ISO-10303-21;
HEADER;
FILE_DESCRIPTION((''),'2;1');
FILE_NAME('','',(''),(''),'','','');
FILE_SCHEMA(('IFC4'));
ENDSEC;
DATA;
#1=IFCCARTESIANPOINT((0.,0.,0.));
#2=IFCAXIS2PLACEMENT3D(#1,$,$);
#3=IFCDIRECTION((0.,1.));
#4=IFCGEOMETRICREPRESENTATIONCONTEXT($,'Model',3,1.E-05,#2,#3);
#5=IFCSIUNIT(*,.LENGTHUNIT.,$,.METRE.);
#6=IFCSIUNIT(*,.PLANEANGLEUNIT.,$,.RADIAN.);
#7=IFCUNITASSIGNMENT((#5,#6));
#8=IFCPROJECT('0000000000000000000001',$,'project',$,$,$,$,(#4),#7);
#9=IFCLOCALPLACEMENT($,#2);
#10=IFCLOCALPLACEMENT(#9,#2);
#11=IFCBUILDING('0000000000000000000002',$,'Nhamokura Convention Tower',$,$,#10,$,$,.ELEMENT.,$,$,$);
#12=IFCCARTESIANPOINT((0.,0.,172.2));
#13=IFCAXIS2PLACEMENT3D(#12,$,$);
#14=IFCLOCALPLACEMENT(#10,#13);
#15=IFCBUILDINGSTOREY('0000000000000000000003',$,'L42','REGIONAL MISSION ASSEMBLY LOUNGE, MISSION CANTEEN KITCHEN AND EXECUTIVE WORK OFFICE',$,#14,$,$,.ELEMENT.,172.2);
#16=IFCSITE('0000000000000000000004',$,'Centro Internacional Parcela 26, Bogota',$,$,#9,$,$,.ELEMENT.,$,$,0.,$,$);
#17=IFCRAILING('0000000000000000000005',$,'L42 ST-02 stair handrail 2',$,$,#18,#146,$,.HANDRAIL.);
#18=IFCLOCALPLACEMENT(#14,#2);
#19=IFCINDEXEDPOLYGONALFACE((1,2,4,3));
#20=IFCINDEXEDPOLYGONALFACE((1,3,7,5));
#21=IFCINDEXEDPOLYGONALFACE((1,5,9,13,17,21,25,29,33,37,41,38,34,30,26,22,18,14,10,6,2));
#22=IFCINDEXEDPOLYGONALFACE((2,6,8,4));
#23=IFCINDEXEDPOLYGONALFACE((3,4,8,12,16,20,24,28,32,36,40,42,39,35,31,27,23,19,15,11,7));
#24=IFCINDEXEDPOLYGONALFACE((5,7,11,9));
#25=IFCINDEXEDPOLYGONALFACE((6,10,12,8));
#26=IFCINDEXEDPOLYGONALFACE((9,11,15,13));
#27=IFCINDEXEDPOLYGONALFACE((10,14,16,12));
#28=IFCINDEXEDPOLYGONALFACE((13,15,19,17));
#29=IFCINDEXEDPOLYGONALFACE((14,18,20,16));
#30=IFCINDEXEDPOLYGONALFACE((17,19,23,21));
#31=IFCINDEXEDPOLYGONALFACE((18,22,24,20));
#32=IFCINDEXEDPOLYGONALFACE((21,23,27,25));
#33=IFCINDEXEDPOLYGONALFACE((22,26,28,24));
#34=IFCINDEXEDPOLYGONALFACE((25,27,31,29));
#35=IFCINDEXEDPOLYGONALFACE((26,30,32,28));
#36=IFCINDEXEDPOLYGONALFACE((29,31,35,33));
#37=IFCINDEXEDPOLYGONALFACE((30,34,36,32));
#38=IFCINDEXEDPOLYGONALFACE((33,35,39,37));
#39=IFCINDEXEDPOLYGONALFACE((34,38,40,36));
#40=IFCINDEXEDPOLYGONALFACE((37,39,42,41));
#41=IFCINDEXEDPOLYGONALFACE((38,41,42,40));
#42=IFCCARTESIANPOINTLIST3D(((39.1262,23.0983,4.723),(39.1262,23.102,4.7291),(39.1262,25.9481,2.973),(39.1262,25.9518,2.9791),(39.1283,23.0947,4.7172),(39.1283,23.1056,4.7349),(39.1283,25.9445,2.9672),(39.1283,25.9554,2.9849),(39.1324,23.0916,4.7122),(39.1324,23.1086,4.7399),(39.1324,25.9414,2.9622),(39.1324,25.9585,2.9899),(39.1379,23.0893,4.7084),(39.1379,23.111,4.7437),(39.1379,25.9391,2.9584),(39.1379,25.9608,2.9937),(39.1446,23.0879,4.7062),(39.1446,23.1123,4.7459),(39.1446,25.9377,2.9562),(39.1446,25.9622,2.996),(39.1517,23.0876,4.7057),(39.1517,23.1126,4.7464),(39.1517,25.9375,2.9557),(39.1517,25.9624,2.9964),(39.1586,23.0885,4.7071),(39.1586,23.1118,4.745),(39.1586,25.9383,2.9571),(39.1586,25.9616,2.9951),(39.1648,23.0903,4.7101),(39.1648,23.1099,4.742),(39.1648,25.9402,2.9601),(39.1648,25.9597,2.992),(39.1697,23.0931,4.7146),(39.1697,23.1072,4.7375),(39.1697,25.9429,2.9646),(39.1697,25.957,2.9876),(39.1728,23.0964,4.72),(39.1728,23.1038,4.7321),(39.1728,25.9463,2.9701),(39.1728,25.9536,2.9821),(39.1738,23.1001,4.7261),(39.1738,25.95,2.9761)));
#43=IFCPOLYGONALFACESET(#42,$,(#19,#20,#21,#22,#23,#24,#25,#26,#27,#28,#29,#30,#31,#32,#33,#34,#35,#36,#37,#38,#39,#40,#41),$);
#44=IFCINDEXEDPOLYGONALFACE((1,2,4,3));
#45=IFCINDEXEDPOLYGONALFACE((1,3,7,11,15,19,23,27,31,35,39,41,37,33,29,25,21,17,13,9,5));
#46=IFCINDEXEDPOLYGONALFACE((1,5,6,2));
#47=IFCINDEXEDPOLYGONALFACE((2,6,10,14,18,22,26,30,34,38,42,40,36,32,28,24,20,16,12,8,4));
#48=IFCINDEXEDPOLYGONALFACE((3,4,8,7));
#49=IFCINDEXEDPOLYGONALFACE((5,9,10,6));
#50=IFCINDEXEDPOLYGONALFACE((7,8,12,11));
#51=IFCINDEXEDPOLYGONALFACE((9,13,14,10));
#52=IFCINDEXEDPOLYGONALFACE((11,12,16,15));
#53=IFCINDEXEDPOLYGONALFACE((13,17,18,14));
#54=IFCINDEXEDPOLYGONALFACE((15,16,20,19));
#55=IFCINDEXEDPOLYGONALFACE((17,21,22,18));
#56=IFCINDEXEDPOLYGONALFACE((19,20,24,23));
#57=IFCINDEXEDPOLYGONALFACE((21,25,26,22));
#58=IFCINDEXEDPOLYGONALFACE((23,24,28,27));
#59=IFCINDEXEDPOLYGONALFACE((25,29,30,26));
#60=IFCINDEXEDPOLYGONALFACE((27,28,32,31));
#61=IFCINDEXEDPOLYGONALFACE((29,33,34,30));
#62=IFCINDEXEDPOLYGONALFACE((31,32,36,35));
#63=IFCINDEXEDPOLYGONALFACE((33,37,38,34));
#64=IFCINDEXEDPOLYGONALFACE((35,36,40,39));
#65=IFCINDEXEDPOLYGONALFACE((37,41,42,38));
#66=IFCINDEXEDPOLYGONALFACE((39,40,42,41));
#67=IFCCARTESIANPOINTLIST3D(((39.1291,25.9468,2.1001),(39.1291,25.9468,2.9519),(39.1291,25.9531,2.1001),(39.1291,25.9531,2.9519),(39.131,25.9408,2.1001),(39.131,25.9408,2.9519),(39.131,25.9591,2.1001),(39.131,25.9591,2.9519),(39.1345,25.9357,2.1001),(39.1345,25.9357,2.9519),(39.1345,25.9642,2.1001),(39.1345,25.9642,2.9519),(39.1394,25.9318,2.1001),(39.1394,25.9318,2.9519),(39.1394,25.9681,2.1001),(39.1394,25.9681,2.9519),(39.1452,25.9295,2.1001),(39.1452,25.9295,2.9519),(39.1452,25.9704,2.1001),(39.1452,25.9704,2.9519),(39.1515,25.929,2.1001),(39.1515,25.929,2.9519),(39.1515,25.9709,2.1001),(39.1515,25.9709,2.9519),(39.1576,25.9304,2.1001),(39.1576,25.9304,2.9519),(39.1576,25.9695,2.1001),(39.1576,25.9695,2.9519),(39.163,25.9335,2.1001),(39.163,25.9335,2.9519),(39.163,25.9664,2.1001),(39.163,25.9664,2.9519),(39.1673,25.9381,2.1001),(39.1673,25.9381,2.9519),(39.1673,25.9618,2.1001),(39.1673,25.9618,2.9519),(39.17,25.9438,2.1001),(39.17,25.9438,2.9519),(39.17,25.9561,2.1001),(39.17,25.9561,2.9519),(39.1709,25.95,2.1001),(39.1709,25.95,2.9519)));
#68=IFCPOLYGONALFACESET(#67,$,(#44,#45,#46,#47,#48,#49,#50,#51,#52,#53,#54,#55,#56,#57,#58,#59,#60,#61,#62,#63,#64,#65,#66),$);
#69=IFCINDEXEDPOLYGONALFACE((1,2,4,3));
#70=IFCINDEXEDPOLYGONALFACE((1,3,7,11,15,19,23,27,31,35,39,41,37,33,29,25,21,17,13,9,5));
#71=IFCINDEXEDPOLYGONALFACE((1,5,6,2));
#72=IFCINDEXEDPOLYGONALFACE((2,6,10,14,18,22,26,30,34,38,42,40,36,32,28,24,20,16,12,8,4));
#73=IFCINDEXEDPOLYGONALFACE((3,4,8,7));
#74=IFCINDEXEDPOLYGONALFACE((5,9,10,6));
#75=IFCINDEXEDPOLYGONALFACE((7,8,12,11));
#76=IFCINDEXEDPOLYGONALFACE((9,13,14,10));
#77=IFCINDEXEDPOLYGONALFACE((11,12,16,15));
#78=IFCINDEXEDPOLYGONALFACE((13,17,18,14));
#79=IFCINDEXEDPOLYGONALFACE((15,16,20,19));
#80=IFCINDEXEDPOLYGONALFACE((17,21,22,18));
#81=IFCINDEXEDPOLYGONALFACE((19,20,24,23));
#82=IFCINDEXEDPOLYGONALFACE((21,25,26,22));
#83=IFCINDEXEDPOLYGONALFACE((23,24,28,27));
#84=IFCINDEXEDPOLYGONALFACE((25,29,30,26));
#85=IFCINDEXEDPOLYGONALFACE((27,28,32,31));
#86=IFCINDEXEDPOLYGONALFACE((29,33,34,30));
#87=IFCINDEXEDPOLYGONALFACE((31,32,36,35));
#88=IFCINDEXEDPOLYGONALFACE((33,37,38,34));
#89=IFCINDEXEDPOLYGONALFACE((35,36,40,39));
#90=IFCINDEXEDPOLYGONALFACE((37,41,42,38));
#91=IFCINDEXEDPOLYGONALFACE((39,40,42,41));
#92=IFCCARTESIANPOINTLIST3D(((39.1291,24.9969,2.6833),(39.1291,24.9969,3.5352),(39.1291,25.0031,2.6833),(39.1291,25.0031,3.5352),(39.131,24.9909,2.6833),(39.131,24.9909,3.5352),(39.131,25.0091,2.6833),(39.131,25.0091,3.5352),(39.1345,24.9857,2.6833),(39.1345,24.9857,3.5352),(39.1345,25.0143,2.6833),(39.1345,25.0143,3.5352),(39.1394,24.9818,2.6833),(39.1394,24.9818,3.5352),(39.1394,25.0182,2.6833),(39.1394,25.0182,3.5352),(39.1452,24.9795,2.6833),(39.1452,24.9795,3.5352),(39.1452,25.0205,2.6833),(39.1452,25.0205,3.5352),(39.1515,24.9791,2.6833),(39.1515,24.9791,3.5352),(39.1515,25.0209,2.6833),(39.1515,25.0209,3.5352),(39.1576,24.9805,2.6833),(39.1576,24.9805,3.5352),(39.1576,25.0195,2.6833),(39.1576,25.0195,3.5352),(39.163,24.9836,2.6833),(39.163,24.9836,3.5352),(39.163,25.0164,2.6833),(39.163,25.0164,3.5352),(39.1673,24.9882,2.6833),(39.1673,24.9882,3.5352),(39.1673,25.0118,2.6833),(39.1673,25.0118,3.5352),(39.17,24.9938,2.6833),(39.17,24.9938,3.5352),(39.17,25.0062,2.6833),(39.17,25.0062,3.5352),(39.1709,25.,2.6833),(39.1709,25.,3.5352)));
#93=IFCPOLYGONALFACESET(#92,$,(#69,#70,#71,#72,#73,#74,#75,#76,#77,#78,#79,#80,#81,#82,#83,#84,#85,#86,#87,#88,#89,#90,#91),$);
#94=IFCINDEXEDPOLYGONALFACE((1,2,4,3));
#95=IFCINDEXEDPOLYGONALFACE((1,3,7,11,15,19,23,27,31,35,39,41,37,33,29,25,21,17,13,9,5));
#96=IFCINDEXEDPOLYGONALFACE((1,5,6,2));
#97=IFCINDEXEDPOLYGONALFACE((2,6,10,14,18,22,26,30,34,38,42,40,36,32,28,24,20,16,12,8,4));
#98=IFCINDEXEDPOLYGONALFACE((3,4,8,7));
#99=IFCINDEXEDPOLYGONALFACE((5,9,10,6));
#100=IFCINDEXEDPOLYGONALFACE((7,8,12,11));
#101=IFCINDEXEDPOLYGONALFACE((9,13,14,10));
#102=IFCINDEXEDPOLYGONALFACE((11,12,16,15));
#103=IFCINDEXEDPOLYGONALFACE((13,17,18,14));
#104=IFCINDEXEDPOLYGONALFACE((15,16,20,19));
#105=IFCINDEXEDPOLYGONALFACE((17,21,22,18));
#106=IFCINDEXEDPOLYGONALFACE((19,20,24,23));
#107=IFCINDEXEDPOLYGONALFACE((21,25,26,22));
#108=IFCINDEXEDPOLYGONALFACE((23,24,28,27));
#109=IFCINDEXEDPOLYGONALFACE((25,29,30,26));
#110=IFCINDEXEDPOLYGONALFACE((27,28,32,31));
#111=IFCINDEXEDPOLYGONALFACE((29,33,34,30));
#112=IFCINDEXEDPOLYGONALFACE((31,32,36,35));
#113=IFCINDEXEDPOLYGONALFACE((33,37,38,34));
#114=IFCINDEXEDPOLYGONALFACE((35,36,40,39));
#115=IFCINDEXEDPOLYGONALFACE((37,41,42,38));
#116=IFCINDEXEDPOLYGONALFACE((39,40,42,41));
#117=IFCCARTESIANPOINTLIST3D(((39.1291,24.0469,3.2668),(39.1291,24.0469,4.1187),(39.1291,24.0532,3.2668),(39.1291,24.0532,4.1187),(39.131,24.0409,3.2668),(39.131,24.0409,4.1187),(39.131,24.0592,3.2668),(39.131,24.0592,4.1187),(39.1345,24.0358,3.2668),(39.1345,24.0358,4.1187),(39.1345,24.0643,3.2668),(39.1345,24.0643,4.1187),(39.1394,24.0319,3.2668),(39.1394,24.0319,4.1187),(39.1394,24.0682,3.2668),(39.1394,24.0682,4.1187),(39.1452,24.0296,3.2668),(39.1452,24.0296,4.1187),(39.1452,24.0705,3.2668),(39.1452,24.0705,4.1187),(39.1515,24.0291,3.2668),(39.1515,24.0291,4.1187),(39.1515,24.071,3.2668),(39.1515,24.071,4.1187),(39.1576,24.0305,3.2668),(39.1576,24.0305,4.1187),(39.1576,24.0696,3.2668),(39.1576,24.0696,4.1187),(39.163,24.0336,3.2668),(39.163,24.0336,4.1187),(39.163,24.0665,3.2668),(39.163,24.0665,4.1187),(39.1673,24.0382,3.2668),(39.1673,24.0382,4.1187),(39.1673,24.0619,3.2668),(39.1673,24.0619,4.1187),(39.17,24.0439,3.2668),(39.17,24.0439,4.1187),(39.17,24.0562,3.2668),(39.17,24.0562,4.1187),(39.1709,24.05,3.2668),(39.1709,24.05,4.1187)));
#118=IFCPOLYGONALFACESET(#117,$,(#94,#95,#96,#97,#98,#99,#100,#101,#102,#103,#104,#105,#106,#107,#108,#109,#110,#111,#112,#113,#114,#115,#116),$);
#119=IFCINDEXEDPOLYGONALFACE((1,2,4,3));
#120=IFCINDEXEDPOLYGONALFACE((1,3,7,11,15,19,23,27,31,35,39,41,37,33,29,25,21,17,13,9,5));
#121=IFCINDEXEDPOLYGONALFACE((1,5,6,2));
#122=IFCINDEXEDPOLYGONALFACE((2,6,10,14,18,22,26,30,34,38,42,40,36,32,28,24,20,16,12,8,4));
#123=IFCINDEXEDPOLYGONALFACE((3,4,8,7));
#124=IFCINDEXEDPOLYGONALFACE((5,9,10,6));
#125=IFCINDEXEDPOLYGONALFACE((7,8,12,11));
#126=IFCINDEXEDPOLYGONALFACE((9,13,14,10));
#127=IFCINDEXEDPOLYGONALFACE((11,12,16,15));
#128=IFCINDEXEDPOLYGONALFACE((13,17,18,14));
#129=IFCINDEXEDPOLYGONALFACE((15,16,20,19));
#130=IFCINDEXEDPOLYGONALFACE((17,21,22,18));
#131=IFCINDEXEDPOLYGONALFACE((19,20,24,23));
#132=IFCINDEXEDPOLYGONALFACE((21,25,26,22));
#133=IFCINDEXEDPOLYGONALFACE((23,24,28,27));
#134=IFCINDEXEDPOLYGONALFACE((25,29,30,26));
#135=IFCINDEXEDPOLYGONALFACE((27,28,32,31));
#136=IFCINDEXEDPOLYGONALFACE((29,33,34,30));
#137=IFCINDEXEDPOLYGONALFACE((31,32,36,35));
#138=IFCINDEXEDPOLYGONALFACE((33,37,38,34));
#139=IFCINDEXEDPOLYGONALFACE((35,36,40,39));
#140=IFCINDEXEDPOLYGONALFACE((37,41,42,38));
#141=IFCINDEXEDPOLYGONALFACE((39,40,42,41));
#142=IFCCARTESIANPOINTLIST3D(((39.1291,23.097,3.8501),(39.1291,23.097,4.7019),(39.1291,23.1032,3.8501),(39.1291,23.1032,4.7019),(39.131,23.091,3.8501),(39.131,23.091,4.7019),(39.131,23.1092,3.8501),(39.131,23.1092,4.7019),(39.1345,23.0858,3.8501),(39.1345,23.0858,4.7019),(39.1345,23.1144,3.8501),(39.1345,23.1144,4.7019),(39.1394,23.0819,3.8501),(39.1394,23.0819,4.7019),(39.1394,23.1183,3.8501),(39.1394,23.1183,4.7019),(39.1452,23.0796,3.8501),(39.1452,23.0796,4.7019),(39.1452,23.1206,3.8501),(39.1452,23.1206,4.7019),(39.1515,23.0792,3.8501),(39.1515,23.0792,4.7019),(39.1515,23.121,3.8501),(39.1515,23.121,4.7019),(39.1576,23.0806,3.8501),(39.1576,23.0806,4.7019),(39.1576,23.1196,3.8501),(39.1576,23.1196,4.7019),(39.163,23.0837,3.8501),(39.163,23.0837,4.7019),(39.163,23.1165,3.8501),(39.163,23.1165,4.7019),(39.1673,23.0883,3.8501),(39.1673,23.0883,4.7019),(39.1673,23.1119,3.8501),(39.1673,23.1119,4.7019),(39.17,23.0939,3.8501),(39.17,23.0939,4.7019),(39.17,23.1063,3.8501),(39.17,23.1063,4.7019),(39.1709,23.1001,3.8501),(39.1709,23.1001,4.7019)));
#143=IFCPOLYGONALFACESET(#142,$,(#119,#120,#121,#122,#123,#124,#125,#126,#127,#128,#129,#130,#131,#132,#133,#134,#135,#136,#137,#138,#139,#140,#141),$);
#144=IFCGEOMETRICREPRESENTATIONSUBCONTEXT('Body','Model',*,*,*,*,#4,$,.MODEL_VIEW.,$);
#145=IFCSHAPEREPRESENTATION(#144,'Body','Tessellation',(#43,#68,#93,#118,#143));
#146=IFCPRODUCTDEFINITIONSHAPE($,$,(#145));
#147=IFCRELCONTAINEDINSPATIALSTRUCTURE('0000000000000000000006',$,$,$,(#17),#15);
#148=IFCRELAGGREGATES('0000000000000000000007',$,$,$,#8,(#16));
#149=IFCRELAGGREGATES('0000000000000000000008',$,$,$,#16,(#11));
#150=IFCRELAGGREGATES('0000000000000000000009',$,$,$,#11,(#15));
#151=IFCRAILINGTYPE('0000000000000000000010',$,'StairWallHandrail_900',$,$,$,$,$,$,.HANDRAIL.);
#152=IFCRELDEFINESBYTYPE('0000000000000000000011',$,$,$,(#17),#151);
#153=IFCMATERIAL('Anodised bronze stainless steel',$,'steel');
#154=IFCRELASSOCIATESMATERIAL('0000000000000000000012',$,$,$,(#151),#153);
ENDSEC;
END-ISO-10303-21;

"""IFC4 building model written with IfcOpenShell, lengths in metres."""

from ifc_helpers import new_model, si_unit, direction, frame, origin, origin_2d, place, context, subcontext, project, spatial, circle, extrude, material, type_object, element, save


model = new_model("IFC4")

# Units and contexts
model_context = context("Model", 3, precision=1e-05, world=origin(), true_north=direction((0.0, 1.0)))
body_context = subcontext(model_context, "Body", "Model", "MODEL_VIEW")
ifc_project = project(units=[si_unit("LENGTHUNIT", "METRE"), si_unit("PLANEANGLEUNIT", "RADIAN")], contexts=[model_context])

# Site, building, storey
site_placement = place(None, origin())
site = spatial("IfcSite", under=ifc_project, at=site_placement, Name="Centro Internacional Parcela 26, Bogota", CompositionType="ELEMENT", RefElevation=0.0)
building_placement = place(site_placement, origin())
building = spatial("IfcBuilding", under=site, at=building_placement, Name="Nhamokura Convention Tower", CompositionType="ELEMENT")
storey_placement = place(building_placement, frame((0.0, 0.0, 172.2)))
storey = spatial("IfcBuildingStorey", under=building, at=storey_placement, Name="L42", Description="REGIONAL MISSION ASSEMBLY LOUNGE, MISSION CANTEEN KITCHEN AND EXECUTIVE WORK OFFICE", CompositionType="ELEMENT", Elevation=172.2)

# Railing
ifc_material_1 = material(Name="Anodised bronze stainless steel", Category="steel")
railing_type_1 = type_object("IfcRailingType", Name="StairWallHandrail_900", PredefinedType="HANDRAIL", material=ifc_material_1)
railing_1_placement = place(storey_placement, frame((39.1499, 25.95, 2.1001)))
element("IfcRailing", 1, at=railing_1_placement, inside=storey, type_object=railing_type_1, Name="L42 ST-02 stair handrail 2", PredefinedType="HANDRAIL", context=body_context, shape_type="SweptSolid", body=[
    extrude(circle(Radius=0.0239, at=origin_2d()), frame((0.0, 0.0, 0.876), z_axis=(0.0, -0.852159, 0.523283), x_axis=(1.0, 0.0, 0.0)), (0.0, 0.0, 1.0), 3.3442),
    extrude(circle(Radius=0.021, at=origin_2d()), origin(), (0.0, 0.0, 1.0), 0.8518),
    extrude(circle(Radius=0.021, at=origin_2d()), frame((0.0, -0.95, 0.5833)), (0.0, 0.0, 1.0), 0.8518),
    extrude(circle(Radius=0.021, at=origin_2d()), frame((0.0, -1.8999, 1.1667)), (0.0, 0.0, 1.0), 0.8518),
    extrude(circle(Radius=0.021, at=origin_2d()), frame((0.0, -2.8499, 1.75)), (0.0, 0.0, 1.0), 0.8518),
])

save(model, "model.ifc")
